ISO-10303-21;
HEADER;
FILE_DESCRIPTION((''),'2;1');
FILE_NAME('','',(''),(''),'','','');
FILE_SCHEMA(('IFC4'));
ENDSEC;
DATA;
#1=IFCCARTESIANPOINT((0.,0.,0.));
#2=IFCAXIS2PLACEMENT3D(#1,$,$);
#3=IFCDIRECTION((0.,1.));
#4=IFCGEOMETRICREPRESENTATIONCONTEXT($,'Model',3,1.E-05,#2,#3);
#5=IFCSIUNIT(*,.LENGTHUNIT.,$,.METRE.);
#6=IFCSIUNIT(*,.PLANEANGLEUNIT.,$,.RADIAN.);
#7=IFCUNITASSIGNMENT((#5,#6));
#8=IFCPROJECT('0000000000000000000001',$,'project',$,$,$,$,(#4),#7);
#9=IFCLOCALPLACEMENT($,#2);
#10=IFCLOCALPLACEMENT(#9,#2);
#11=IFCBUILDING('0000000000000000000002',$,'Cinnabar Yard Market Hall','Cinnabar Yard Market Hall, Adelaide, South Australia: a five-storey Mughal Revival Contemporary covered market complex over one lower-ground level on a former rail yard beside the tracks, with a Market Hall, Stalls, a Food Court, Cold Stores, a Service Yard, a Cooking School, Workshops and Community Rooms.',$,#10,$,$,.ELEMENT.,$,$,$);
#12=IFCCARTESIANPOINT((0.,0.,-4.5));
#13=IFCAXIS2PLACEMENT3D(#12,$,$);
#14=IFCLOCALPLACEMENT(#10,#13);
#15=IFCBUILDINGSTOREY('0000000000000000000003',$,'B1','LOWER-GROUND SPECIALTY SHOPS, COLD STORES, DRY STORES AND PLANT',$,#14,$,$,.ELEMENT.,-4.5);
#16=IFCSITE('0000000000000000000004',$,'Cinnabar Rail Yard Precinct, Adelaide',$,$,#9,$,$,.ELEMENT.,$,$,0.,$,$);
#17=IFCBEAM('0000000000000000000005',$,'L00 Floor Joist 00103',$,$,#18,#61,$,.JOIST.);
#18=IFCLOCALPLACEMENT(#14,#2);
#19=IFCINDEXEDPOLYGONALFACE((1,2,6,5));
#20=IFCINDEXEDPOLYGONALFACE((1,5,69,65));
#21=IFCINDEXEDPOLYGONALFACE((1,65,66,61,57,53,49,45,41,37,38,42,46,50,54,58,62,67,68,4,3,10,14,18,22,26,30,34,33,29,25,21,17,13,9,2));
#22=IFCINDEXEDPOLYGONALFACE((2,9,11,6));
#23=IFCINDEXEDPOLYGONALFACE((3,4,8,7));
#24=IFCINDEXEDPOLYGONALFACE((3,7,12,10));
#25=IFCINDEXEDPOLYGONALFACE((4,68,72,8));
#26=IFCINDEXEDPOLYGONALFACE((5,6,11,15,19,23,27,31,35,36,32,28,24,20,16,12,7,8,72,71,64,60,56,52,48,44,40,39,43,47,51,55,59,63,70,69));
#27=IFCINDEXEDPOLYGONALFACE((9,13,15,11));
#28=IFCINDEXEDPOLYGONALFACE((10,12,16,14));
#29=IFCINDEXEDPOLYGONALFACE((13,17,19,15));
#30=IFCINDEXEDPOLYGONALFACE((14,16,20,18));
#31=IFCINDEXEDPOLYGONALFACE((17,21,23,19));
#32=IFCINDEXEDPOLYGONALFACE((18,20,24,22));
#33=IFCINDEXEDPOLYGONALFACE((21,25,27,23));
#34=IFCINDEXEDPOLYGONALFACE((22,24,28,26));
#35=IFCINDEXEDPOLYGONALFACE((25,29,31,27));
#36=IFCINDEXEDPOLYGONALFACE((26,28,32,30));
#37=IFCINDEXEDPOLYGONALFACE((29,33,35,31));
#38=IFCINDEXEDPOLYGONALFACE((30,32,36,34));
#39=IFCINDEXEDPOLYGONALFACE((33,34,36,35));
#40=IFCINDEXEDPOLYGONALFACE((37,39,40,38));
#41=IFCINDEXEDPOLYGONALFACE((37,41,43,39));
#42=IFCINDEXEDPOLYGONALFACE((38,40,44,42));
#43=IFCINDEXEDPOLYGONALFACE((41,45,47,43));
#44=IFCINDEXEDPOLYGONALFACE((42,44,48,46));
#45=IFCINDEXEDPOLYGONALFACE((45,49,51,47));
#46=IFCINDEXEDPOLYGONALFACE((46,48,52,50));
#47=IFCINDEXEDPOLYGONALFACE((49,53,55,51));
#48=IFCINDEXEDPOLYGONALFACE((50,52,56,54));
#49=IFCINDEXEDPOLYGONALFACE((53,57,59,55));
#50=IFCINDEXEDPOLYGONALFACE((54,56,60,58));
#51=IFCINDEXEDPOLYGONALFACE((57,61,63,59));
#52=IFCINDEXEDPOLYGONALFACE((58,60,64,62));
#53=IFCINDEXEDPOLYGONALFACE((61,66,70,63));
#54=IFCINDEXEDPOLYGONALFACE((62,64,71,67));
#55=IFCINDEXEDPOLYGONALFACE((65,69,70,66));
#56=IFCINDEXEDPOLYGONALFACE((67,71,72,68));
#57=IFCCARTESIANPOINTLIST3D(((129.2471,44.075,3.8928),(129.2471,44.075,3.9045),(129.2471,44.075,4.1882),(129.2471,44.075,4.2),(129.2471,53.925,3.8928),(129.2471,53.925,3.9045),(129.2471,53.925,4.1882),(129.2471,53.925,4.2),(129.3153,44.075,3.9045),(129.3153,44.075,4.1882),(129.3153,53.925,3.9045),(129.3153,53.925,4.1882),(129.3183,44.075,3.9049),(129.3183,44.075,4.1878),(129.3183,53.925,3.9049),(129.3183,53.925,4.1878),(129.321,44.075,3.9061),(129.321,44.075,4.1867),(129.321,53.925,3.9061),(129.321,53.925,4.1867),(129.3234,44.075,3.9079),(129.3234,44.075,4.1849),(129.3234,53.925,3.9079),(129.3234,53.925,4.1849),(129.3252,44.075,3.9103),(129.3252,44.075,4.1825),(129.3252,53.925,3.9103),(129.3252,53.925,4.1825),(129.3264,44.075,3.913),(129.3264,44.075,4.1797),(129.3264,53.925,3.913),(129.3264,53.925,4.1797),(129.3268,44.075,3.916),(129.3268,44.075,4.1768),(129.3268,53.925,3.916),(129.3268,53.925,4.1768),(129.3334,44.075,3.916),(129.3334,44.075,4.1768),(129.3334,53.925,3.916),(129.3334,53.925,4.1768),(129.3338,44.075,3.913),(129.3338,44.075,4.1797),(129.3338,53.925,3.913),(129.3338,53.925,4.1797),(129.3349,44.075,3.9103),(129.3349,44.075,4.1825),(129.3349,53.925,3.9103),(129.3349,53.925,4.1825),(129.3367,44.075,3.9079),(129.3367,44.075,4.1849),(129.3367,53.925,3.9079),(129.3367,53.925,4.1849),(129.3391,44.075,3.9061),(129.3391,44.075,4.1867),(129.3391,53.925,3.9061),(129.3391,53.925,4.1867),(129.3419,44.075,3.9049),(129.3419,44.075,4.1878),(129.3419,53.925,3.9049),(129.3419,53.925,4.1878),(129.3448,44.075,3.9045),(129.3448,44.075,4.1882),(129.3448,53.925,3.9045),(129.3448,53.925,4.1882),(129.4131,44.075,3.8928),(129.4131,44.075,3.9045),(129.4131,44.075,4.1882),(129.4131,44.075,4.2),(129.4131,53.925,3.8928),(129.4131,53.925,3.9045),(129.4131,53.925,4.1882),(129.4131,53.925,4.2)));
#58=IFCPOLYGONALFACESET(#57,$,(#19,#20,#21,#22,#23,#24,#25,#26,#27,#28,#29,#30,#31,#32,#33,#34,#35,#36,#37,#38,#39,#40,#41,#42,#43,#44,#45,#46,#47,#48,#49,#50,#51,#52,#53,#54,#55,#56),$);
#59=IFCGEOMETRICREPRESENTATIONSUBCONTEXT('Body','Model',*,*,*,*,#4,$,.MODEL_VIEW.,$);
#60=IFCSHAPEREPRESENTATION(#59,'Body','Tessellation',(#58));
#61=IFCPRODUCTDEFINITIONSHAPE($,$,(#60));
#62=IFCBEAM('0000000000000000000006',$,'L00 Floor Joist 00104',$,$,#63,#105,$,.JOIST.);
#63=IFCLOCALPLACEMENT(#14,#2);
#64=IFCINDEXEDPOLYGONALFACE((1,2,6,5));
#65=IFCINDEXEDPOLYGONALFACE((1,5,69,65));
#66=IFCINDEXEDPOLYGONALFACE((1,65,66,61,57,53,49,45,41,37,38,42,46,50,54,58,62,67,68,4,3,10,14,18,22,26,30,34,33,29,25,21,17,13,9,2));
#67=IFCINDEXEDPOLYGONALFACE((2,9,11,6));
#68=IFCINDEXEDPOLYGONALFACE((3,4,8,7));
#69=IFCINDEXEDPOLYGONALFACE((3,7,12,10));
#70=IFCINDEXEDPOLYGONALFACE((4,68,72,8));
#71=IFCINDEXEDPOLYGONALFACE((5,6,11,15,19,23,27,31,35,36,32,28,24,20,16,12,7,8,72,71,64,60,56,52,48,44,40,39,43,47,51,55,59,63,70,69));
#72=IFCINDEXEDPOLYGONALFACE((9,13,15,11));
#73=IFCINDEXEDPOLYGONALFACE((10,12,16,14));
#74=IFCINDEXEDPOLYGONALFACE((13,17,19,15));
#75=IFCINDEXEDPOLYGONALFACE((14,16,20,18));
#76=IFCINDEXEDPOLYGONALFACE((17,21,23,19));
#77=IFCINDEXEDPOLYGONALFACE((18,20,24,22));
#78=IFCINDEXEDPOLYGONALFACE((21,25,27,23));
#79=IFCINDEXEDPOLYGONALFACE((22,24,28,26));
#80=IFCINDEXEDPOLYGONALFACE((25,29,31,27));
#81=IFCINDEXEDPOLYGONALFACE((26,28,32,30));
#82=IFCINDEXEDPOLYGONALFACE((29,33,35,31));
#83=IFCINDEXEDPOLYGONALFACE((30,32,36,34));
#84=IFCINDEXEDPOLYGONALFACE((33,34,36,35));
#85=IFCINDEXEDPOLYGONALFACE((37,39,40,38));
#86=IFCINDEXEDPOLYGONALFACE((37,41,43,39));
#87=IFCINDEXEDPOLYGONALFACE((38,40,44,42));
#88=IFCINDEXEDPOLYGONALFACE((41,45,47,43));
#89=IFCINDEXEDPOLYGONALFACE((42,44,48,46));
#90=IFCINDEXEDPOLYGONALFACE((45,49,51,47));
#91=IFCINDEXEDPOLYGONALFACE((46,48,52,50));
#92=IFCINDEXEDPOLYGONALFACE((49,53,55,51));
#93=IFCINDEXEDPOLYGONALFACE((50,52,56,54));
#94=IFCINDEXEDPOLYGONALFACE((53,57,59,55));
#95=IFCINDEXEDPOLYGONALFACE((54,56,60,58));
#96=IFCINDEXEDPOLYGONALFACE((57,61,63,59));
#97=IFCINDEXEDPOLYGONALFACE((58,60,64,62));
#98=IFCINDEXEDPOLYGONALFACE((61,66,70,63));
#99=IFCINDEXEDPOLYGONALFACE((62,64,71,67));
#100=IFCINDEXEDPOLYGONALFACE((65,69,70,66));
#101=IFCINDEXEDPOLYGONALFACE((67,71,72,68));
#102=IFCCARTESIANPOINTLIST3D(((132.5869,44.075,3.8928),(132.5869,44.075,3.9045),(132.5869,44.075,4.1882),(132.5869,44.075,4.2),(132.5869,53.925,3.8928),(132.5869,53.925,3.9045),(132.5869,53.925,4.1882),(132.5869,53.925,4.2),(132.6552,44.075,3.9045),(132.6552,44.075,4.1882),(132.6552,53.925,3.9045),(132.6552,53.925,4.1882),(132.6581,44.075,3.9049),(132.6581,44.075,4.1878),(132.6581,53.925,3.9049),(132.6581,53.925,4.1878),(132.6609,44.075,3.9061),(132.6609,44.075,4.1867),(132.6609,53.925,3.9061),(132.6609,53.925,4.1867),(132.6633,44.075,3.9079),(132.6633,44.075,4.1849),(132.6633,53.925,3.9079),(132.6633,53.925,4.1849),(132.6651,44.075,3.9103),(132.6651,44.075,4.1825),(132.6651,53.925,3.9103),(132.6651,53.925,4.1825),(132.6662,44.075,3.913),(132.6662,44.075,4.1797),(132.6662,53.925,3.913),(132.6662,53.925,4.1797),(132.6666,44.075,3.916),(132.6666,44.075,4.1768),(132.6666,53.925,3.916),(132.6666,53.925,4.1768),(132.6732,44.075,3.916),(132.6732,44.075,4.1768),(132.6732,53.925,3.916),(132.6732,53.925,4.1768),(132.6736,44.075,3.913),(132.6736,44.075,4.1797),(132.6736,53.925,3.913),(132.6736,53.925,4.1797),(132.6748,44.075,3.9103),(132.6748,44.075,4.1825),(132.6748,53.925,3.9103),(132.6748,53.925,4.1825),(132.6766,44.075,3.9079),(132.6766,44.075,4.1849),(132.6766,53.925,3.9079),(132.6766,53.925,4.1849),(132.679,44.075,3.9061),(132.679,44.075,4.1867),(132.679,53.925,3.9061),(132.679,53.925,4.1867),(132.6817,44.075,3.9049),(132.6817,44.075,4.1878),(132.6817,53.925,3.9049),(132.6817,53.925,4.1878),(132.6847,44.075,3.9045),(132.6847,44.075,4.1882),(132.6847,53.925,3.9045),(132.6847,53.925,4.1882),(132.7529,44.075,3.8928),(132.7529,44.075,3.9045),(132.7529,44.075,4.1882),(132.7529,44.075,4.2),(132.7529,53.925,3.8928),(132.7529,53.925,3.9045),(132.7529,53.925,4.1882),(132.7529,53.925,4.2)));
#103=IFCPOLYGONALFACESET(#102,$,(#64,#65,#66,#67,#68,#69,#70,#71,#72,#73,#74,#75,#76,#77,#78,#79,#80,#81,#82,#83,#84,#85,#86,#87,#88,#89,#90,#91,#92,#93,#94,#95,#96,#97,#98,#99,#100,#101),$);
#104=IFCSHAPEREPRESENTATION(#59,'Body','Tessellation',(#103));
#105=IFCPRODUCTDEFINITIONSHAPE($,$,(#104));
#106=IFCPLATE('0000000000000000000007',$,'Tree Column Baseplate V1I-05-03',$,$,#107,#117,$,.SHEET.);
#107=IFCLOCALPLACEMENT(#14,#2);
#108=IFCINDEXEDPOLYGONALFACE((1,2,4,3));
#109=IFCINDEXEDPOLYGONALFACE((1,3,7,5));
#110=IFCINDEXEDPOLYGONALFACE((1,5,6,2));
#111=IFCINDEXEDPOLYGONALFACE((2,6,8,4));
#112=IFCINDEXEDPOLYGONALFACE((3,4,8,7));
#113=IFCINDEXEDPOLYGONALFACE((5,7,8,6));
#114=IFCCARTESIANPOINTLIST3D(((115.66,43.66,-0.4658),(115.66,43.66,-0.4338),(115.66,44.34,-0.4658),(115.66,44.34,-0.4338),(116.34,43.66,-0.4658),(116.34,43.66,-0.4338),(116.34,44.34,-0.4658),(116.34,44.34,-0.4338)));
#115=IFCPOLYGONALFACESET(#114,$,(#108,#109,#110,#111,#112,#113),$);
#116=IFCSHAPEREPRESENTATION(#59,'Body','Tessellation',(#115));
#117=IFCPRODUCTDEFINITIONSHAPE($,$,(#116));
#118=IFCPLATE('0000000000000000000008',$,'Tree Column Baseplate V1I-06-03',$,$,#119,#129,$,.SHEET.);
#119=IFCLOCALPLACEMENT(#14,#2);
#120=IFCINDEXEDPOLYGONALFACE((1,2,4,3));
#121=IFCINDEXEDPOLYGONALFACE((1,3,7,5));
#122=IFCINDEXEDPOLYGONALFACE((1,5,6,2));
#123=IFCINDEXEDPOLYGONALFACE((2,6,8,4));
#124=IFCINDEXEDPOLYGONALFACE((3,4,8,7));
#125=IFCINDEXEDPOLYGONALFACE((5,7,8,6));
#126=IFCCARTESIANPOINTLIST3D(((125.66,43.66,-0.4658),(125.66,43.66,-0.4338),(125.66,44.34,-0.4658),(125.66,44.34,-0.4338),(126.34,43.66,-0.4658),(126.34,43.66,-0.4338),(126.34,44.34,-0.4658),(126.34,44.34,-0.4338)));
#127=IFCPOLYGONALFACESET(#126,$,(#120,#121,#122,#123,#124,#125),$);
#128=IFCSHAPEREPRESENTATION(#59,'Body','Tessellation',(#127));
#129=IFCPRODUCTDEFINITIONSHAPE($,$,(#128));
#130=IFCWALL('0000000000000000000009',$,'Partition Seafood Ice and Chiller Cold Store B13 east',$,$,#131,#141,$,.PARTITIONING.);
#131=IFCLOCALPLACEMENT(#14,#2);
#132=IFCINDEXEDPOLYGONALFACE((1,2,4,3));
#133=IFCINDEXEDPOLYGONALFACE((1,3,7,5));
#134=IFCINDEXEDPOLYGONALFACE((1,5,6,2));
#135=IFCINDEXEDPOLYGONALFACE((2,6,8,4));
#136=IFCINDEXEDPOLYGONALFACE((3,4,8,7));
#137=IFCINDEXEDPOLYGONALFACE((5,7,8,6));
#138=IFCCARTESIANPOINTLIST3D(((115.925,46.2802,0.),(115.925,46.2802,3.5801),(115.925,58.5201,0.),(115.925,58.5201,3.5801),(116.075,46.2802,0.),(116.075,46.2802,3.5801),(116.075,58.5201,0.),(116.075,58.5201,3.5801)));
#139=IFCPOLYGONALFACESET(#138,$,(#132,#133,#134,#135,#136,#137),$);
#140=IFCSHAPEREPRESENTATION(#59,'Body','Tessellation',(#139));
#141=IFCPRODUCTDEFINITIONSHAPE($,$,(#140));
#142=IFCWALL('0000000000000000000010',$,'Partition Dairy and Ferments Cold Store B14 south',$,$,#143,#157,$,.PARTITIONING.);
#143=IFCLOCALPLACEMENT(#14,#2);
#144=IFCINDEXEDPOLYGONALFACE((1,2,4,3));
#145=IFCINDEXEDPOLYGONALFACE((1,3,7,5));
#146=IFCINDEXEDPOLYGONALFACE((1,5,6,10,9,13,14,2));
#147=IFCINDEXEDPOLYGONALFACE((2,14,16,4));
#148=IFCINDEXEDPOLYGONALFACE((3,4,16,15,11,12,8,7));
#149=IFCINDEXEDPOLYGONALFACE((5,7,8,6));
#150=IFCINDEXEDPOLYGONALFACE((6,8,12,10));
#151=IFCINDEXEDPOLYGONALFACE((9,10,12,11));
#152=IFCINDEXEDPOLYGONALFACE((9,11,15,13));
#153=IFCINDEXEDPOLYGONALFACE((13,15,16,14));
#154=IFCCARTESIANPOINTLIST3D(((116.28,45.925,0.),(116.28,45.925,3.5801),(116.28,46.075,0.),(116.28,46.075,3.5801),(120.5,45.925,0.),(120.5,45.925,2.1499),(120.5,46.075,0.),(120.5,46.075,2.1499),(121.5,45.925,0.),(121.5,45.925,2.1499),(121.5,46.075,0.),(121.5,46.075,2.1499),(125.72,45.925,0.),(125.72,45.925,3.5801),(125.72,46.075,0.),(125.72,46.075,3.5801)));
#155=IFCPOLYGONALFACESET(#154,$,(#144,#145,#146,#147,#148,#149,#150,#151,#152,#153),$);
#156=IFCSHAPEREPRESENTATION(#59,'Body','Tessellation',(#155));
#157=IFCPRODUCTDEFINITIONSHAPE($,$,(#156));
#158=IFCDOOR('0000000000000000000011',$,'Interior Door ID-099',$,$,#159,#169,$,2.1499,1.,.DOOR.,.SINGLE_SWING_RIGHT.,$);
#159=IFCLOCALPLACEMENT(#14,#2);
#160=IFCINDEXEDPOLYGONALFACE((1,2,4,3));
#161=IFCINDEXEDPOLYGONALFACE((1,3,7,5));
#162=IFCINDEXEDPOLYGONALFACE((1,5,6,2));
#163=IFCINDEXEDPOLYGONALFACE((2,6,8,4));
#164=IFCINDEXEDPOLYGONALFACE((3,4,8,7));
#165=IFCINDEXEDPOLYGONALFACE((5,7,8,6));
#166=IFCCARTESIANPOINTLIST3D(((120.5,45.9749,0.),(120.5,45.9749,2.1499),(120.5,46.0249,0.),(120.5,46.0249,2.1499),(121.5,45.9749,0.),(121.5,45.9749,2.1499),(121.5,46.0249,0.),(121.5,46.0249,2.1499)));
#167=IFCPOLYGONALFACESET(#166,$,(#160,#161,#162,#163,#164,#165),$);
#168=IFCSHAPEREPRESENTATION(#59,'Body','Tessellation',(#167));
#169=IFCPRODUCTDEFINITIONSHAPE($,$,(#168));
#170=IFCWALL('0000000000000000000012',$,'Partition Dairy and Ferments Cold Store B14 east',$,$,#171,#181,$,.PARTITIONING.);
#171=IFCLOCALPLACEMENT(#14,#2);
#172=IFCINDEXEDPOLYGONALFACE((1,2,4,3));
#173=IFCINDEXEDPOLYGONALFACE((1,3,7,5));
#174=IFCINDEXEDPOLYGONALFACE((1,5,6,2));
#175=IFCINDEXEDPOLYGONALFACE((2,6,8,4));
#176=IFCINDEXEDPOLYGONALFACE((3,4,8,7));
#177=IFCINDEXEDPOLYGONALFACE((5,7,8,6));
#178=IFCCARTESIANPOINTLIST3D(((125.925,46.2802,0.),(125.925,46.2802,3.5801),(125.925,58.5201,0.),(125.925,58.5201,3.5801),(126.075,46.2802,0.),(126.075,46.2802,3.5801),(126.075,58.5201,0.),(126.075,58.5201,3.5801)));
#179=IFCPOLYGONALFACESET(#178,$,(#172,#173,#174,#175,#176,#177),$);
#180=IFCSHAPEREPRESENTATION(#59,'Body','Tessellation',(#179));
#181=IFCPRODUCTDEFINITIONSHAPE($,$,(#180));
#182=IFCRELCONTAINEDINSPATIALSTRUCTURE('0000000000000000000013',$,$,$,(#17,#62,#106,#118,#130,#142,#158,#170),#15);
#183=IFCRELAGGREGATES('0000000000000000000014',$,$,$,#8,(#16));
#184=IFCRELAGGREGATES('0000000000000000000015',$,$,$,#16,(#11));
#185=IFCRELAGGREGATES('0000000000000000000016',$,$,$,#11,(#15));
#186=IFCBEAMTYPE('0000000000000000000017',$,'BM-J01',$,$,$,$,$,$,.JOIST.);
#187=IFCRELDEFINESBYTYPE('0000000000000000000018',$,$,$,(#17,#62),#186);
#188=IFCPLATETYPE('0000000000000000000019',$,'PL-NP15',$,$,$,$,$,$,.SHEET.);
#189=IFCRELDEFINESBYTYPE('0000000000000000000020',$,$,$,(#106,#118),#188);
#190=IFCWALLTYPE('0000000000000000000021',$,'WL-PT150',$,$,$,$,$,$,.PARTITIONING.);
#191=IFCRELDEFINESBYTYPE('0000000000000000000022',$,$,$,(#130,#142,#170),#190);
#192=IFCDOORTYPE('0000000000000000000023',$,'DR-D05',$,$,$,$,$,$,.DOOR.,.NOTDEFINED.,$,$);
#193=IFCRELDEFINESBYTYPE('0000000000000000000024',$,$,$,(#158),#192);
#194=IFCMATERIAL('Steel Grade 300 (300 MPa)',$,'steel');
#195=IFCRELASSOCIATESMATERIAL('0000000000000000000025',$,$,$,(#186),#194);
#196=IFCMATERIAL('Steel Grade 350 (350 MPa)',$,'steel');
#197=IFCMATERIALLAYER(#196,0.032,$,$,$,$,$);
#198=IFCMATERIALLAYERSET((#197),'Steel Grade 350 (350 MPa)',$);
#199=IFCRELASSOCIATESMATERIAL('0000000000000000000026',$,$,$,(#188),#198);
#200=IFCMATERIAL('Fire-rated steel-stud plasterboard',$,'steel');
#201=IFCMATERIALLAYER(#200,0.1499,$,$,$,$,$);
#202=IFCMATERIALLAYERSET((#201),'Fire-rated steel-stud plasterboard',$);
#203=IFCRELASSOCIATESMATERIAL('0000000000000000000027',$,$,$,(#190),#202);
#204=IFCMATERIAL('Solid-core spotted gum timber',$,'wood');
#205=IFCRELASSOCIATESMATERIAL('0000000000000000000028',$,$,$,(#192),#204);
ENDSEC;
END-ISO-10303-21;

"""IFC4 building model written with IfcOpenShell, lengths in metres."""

from ifc_helpers import new_model, si_unit, direction, frame, frame_2d, origin, origin_2d_with_axis, place, context, subcontext, project, spatial, rectangle, i_section, extrude, material, layer, layer_set, material_profile, profile_set, type_object, element, fill, save


model = new_model("IFC4")

# Units and contexts
model_context = context("Model", 3, precision=1e-05, world=origin(), true_north=direction((0.0, 1.0)))
body_context = subcontext(model_context, "Body", "Model", "MODEL_VIEW")
ifc_project = project(units=[si_unit("LENGTHUNIT", "METRE"), si_unit("PLANEANGLEUNIT", "RADIAN")], contexts=[model_context])

# Site, building, storey
site_placement = place(None, origin())
site = spatial("IfcSite", under=ifc_project, at=site_placement, Name="Cinnabar Rail Yard Precinct, Adelaide", CompositionType="ELEMENT", RefElevation=0.0)
building_placement = place(site_placement, origin())
building = spatial("IfcBuilding", under=site, at=building_placement, Name="Cinnabar Yard Market Hall", Description="Cinnabar Yard Market Hall, Adelaide, South Australia: a five-storey Mughal Revival Contemporary covered market complex over one lower-ground level on a former rail yard beside the tracks, with a Market Hall, Stalls, a Food Court, Cold Stores, a Service Yard, a Cooking School, Workshops and Community Rooms.", CompositionType="ELEMENT")
storey_placement = place(building_placement, frame((0.0, 0.0, -4.5)))
storey = spatial("IfcBuildingStorey", under=building, at=storey_placement, Name="B1", Description="LOWER-GROUND SPECIALTY SHOPS, COLD STORES, DRY STORES AND PLANT", CompositionType="ELEMENT", Elevation=-4.5)

# Beams
ifc_material_1 = material(Name="Steel Grade 300 (300 MPa)", Category="steel")
ifc_material_profile_1 = material_profile(ifc_material_1, i_section(OverallWidth=0.166, OverallDepth=0.3071, WebThickness=0.0066, FlangeThickness=0.0117, FilletRadius=0.0115, at=origin_2d_with_axis()), Name="310UB46.2")
ifc_profile_set_1 = profile_set([ifc_material_profile_1], Name="Steel Grade 300 (300 MPa)")
beam_type_1 = type_object("IfcBeamType", Name="BM-J01", PredefinedType="JOIST", material=ifc_profile_set_1)
for number, where, z_axis, x_axis, name in (
    (1, (129.3301, 44.075, 4.0464), (0.0, 1.0, 0.0), (-1.0, 0.0, 0.0), "L00 Floor Joist 00103"),
    (2, (132.6699, 44.075, 4.0464), (0.0, 1.0, 0.0), (-1.0, 0.0, 0.0), "L00 Floor Joist 00104"),
):
    element("IfcBeam", number, at=place(storey_placement, frame(where, z_axis=z_axis, x_axis=x_axis)), inside=storey, type_object=beam_type_1, Name=name, PredefinedType="JOIST", context=body_context, shape_type="SweptSolid", body=[
        extrude(i_section(OverallWidth=0.166, OverallDepth=0.3071, WebThickness=0.0066, FlangeThickness=0.0117, FilletRadius=0.0115, at=origin_2d_with_axis()), origin(), (0.0, 0.0, 1.0), 9.8501),
    ])

# Plates
ifc_material_2 = material(Name="Steel Grade 350 (350 MPa)", Category="steel")
ifc_layer_1 = layer(ifc_material_2, 0.032)
ifc_layer_set_1 = layer_set([ifc_layer_1], Name="Steel Grade 350 (350 MPa)")
plate_type = type_object("IfcPlateType", Name="PL-NP15", PredefinedType="SHEET", material=ifc_layer_set_1)
for number, where, z_axis, x_axis, name in (
    (3, (116.0, 44.0, -0.4658), (0.0, 0.0, 1.0), (1.0, 0.0, 0.0), "Tree Column Baseplate V1I-05-03"),
    (4, (126.0, 44.0, -0.4658), (0.0, 0.0, 1.0), (1.0, 0.0, 0.0), "Tree Column Baseplate V1I-06-03"),
):
    element("IfcPlate", number, at=place(storey_placement, frame(where, z_axis=z_axis, x_axis=x_axis)), inside=storey, type_object=plate_type, Name=name, PredefinedType="SHEET", context=body_context, shape_type="SweptSolid", body=[
        extrude(rectangle(XDim=0.6799, YDim=0.6799, at=origin_2d_with_axis()), origin(), (0.0, 0.0, 1.0), 0.032),
    ])

# Wall
ifc_material_3 = material(Name="Fire-rated steel-stud plasterboard", Category="steel")
ifc_layer_2 = layer(ifc_material_3, 0.1499)
ifc_layer_set_2 = layer_set([ifc_layer_2], Name="Fire-rated steel-stud plasterboard")
wall_type = type_object("IfcWallType", Name="WL-PT150", PredefinedType="PARTITIONING", material=ifc_layer_set_2)
wall_1_placement = place(storey_placement, frame((116.0, 46.28, 0.0), z_axis=(0.0, 0.0, 1.0), x_axis=(0.0, 1.0, 0.0)))
element("IfcWall", 5, at=wall_1_placement, inside=storey, type_object=wall_type, Name="Partition Seafood Ice and Chiller Cold Store B13 east", PredefinedType="PARTITIONING", context=body_context, shape_type="SweptSolid", body=[
    extrude(rectangle(XDim=12.24, YDim=0.1499, at=frame_2d((6.1201, 0.0), x_axis=(1.0, 0.0))), origin(), (0.0, 0.0, 1.0), 3.5801),
])

# Wall, opening, door
wall_2_placement = place(storey_placement, frame((116.28, 46.0, 0.0), z_axis=(0.0, 0.0, 1.0), x_axis=(1.0, 0.0, 0.0)))
wall_2 = element("IfcWall", 6, at=wall_2_placement, inside=storey, type_object=wall_type, Name="Partition Dairy and Ferments Cold Store B14 south", PredefinedType="PARTITIONING", context=body_context, shape_type="SweptSolid", body=[
    extrude(rectangle(XDim=9.4399, YDim=0.1499, at=frame_2d((4.72, 0.0), x_axis=(1.0, 0.0))), origin(), (0.0, 0.0, 1.0), 3.5801),
])
opening_1_placement = place(wall_2_placement, frame((4.22, 0.0, 0.0)))
opening_1 = element("IfcOpeningElement", 7, at=opening_1_placement, cuts=wall_2, PredefinedType="OPENING", context=body_context, shape_type="SweptSolid", body=[
    extrude(rectangle(XDim=1.0, YDim=2.1499, at=frame_2d((0.5, 1.075), x_axis=(1.0, 0.0))), frame((0.0, 0.085, 0.0), z_axis=(0.0, -1.0, 0.0), x_axis=(1.0, 0.0, 0.0)), (0.0, 0.0, 1.0), 0.1699),
])
ifc_material_4 = material(Name="Solid-core spotted gum timber", Category="wood")
door_type = type_object("IfcDoorType", Name="DR-D05", OperationType="NOTDEFINED", PredefinedType="DOOR", material=ifc_material_4)
door_1_placement = place(opening_1_placement, origin())
door_1 = element("IfcDoor", 8, at=door_1_placement, inside=storey, type_object=door_type, Name="Interior Door ID-099", OperationType="SINGLE_SWING_RIGHT", OverallHeight=2.1499, OverallWidth=1.0, PredefinedType="DOOR", context=body_context, shape_type="SweptSolid", body=[
    extrude(rectangle(XDim=1.0, YDim=2.1499, at=frame_2d((0.5, 1.075), x_axis=(1.0, 0.0))), frame((0.0, 0.0249, 0.0), z_axis=(0.0, -1.0, 0.0), x_axis=(1.0, 0.0, 0.0)), (0.0, 0.0, 1.0), 0.05),
])
fill(opening_1, door_1)

# Wall
wall_3_placement = place(storey_placement, frame((126.0, 46.28, 0.0), z_axis=(0.0, 0.0, 1.0), x_axis=(0.0, 1.0, 0.0)))
element("IfcWall", 9, at=wall_3_placement, inside=storey, type_object=wall_type, Name="Partition Dairy and Ferments Cold Store B14 east", PredefinedType="PARTITIONING", context=body_context, shape_type="SweptSolid", body=[
    extrude(rectangle(XDim=12.24, YDim=0.1499, at=frame_2d((6.1201, 0.0), x_axis=(1.0, 0.0))), origin(), (0.0, 0.0, 1.0), 3.5801),
])

save(model, "model.ifc")
